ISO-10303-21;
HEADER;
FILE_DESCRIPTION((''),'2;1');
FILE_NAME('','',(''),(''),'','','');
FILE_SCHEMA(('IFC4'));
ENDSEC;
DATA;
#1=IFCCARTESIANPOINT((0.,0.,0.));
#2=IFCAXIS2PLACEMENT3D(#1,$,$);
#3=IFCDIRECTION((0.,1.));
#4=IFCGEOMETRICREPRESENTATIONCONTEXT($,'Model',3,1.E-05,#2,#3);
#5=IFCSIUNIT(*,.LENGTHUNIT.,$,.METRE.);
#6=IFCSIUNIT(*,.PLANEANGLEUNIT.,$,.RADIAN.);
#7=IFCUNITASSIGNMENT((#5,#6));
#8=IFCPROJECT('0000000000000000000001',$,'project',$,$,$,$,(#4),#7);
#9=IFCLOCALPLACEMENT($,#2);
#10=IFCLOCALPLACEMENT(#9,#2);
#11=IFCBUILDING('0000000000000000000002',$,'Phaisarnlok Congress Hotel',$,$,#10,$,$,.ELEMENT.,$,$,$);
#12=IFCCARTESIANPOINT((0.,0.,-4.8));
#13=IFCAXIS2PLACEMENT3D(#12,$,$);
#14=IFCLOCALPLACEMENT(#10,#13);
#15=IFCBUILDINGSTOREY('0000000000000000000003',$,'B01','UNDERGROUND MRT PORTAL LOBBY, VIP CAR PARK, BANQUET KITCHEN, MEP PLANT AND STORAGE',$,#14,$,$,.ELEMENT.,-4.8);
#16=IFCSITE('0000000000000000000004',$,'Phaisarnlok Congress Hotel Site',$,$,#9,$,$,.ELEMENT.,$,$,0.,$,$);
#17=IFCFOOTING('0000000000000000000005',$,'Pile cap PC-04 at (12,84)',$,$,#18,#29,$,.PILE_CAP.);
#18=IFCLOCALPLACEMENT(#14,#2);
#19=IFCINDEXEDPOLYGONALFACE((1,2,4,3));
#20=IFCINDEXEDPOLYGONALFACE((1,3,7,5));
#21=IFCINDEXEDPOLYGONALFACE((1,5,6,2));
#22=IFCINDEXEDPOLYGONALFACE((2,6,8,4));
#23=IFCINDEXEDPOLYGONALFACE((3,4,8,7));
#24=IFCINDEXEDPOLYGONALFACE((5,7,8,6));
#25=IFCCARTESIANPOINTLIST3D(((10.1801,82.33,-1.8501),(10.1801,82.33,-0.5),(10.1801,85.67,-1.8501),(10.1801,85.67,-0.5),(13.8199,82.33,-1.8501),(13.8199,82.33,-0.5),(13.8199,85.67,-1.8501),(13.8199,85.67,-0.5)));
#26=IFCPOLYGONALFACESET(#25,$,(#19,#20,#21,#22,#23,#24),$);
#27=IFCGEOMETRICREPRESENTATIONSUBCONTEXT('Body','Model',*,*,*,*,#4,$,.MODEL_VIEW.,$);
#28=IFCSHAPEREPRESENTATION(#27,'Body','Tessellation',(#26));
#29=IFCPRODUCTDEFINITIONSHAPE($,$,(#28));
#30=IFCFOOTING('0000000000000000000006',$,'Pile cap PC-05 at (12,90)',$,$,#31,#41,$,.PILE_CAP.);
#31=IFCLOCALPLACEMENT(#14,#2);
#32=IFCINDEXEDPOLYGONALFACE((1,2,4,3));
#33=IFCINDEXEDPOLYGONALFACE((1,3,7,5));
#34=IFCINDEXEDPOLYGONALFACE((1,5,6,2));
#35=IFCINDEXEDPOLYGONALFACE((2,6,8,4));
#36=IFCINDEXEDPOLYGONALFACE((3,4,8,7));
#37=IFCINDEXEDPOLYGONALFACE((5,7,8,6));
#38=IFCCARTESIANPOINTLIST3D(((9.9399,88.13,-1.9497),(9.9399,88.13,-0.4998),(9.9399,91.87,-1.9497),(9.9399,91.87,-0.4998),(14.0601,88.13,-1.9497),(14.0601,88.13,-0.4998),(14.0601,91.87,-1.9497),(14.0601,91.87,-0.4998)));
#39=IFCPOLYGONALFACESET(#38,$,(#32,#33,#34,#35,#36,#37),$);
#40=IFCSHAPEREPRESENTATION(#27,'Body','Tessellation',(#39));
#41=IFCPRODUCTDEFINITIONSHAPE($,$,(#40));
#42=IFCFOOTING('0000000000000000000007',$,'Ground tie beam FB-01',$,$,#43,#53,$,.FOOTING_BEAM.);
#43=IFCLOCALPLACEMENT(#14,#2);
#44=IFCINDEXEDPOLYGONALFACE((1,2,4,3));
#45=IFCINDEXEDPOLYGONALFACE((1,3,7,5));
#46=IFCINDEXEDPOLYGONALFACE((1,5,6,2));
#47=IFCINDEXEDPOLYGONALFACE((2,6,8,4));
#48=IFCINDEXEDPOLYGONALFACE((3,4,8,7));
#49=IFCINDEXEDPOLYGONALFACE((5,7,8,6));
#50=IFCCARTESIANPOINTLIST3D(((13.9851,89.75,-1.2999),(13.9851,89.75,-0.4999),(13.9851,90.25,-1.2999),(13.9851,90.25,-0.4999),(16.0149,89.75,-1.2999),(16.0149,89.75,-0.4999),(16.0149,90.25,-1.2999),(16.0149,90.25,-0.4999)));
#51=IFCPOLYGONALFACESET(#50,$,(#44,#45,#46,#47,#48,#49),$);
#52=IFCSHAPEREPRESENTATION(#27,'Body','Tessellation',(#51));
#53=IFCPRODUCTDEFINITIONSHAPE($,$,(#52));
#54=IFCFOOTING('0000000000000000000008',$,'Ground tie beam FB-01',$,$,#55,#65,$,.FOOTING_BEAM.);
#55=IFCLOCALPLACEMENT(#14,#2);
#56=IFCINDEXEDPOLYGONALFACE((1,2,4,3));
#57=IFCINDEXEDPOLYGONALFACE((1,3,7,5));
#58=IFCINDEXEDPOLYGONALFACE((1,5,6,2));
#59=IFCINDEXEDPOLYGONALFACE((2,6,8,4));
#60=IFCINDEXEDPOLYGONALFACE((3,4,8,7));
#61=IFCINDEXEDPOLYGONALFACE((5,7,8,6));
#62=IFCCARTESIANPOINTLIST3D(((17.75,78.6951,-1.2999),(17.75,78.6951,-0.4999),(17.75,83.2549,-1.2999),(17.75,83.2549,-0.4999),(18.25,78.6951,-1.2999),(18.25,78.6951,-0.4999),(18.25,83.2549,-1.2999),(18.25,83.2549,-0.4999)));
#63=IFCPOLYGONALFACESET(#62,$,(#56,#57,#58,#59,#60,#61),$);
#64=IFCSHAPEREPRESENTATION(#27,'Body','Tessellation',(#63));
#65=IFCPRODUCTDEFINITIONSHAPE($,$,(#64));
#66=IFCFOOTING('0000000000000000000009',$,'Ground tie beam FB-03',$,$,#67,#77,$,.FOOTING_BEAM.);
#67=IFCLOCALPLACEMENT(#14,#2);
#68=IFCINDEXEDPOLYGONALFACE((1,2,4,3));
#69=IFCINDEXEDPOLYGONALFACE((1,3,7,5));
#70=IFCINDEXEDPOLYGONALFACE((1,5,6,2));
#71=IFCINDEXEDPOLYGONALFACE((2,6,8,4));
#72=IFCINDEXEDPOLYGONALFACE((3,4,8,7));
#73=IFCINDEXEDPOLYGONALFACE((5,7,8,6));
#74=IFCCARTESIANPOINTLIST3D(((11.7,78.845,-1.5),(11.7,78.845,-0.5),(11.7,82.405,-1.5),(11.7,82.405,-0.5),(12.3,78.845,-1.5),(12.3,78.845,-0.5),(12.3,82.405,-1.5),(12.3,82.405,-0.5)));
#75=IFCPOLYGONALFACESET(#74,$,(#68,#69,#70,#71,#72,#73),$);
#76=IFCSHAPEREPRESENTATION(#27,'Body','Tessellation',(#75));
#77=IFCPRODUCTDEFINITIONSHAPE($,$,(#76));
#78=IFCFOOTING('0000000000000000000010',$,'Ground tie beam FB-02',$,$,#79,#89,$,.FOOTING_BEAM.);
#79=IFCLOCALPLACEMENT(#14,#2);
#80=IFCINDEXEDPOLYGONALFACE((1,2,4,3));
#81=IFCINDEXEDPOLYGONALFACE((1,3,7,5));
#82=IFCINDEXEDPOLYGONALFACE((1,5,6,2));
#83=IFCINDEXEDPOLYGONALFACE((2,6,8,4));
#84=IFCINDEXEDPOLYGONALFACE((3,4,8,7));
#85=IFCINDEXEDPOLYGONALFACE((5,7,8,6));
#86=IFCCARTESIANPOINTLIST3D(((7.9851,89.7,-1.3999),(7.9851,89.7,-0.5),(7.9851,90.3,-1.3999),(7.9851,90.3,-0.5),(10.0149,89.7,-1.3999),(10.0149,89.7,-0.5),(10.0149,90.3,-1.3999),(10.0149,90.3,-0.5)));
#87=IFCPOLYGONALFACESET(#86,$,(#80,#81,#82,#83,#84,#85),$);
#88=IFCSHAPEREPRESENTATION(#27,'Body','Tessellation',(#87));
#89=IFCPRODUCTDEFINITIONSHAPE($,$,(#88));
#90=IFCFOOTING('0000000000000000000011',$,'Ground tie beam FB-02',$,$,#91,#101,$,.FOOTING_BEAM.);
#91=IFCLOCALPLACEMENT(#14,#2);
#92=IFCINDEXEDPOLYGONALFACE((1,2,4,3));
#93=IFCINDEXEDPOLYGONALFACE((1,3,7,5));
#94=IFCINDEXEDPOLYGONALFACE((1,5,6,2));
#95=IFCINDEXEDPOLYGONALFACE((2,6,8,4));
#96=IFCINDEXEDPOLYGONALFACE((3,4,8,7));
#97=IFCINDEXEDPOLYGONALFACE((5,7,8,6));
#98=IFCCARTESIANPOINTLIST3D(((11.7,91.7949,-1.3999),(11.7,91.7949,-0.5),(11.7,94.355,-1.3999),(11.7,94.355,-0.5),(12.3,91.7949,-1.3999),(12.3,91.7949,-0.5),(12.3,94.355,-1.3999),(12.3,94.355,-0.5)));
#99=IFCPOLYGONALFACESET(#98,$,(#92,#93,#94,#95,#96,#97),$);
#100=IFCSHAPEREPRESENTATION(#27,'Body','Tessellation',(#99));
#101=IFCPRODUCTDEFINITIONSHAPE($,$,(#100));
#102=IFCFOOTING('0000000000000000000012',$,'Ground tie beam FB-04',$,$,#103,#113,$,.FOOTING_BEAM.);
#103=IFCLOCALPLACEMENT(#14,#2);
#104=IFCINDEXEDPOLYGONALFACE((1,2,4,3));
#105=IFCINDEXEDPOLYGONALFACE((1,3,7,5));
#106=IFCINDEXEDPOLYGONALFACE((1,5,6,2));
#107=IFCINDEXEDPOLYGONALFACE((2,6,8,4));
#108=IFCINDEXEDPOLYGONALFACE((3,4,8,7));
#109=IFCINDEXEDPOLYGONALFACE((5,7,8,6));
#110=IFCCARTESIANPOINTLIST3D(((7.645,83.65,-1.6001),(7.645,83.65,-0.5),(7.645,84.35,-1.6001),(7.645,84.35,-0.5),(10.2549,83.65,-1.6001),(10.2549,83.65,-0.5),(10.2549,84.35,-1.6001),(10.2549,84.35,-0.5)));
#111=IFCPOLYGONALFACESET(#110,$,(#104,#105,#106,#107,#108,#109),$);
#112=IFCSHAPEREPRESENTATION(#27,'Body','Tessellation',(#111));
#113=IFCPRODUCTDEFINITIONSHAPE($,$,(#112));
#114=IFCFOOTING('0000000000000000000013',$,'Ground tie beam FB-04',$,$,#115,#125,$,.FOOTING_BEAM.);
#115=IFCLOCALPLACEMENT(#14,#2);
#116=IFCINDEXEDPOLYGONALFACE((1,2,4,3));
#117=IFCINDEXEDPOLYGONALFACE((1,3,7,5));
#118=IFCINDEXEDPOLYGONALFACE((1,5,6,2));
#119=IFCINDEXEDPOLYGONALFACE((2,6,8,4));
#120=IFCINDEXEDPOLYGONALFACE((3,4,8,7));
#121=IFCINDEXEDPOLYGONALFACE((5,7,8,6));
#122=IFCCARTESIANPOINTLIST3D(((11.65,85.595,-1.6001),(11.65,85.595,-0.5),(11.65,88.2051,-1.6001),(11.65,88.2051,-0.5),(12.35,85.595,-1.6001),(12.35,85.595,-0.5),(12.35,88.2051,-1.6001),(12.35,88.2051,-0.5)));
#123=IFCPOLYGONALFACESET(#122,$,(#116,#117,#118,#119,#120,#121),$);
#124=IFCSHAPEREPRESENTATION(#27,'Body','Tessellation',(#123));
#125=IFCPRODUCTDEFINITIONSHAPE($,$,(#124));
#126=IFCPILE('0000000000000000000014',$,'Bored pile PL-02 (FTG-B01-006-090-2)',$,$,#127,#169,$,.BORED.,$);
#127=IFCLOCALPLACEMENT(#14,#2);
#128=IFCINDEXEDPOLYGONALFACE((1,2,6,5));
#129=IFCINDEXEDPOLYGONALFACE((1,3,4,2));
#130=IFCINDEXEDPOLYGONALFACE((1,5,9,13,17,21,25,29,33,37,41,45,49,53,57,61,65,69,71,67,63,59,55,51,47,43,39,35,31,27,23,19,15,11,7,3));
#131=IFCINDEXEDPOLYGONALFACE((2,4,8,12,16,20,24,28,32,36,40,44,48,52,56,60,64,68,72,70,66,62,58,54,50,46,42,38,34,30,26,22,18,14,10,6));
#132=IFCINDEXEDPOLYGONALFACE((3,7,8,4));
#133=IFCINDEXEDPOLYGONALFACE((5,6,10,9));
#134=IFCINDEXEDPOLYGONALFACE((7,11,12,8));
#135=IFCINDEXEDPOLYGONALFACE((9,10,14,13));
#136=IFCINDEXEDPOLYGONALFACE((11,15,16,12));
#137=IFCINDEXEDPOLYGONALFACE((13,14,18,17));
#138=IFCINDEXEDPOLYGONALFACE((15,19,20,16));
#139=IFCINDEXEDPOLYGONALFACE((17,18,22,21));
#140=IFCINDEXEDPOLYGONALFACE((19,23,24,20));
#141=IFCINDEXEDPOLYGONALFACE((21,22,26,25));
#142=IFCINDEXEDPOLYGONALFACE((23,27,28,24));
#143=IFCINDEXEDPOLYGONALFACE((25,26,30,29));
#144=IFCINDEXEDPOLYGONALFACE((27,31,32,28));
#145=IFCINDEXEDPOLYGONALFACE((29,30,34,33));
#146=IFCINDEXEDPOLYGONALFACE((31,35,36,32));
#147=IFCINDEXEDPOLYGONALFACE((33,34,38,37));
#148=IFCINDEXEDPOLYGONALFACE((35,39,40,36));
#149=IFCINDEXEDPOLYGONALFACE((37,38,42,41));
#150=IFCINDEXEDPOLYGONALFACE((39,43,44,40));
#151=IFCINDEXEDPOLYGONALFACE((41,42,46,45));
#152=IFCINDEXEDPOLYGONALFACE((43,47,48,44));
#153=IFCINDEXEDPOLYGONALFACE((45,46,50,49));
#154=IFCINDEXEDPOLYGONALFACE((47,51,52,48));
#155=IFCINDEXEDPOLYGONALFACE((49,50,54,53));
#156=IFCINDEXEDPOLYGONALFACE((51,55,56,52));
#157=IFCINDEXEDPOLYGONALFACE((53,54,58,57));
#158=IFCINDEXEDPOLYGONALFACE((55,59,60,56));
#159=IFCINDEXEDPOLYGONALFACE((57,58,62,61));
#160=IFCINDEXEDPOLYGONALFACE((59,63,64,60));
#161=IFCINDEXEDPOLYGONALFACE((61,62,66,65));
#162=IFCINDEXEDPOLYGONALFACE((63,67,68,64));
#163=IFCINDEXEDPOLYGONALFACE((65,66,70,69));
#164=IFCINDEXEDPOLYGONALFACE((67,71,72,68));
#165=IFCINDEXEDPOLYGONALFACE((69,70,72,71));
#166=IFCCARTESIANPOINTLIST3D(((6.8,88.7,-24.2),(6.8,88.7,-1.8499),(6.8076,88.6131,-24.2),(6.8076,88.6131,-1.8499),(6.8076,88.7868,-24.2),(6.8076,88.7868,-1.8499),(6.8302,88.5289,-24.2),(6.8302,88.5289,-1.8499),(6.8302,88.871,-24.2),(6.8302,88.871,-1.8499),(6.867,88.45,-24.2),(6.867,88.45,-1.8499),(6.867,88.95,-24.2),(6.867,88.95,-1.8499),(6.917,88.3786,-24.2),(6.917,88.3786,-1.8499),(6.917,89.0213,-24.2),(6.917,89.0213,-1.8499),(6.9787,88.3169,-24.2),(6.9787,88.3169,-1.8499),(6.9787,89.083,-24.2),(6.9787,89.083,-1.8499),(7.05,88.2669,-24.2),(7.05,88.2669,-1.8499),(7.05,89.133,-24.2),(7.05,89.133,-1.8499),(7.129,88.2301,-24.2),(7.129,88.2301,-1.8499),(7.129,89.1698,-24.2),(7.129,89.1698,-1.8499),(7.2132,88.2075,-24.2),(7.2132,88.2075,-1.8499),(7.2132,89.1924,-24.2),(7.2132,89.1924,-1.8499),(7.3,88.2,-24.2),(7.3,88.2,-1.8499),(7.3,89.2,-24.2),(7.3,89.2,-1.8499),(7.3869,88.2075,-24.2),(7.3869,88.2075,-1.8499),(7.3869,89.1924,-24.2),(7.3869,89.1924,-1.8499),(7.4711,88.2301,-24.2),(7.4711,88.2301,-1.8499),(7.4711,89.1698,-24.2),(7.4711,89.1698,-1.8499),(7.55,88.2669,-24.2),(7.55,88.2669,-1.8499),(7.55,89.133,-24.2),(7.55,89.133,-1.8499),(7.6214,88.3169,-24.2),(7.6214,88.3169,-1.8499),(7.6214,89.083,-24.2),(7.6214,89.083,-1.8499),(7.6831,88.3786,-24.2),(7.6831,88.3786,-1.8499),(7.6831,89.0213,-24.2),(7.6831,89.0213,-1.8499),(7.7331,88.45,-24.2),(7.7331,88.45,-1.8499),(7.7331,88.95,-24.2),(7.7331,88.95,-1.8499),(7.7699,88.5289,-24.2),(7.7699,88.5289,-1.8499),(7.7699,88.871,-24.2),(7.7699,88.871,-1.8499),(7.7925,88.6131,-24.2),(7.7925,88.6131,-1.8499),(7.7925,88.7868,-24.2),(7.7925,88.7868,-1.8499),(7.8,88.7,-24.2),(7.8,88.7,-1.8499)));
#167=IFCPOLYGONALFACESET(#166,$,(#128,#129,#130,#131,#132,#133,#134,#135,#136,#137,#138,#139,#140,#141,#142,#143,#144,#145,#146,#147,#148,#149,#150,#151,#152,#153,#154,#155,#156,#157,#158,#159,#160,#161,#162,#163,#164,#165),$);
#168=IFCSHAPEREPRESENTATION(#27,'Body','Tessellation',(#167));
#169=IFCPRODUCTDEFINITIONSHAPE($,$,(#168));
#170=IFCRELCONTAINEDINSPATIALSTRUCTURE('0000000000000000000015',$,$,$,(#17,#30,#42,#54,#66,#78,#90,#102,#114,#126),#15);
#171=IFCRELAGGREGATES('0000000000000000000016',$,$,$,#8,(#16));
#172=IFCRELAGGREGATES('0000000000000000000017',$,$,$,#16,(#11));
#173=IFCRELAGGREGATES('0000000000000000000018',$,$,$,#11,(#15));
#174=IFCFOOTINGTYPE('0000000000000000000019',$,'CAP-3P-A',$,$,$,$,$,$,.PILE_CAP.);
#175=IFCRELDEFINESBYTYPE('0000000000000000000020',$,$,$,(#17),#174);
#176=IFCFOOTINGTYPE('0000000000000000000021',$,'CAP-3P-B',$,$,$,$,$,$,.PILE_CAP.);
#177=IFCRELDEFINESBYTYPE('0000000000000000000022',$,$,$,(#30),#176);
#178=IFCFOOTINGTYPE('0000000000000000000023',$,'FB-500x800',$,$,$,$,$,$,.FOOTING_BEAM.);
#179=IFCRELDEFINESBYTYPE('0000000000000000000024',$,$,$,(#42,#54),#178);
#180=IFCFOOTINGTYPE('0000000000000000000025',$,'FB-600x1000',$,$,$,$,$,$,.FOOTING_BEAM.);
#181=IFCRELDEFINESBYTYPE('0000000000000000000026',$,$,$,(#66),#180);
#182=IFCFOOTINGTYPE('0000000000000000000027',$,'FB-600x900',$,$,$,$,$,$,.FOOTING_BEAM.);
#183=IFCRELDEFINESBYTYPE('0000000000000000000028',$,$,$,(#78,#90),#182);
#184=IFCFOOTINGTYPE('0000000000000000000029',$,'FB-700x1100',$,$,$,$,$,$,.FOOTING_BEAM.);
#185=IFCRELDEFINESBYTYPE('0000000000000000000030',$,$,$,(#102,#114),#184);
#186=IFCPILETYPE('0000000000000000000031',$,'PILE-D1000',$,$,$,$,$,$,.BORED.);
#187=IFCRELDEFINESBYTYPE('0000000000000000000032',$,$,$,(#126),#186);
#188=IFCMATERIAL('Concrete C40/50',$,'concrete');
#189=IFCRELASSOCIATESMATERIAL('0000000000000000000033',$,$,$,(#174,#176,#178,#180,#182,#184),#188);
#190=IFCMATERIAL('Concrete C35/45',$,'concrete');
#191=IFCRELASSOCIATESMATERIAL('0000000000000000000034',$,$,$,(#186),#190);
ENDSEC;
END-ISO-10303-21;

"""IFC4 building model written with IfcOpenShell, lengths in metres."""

from ifc_helpers import new_model, si_unit, direction, frame, origin, origin_2d, place, context, subcontext, project, spatial, rectangle, circle, extrude, material, material_profile, profile_set, type_object, element, save


model = new_model("IFC4")

# Units and contexts
model_context = context("Model", 3, precision=1e-05, world=origin(), true_north=direction((0.0, 1.0)))
body_context = subcontext(model_context, "Body", "Model", "MODEL_VIEW")
ifc_project = project(units=[si_unit("LENGTHUNIT", "METRE"), si_unit("PLANEANGLEUNIT", "RADIAN")], contexts=[model_context])

# Site, building, storey
site_placement = place(None, origin())
site = spatial("IfcSite", under=ifc_project, at=site_placement, Name="Phaisarnlok Congress Hotel Site", CompositionType="ELEMENT", RefElevation=0.0)
building_placement = place(site_placement, origin())
building = spatial("IfcBuilding", under=site, at=building_placement, Name="Phaisarnlok Congress Hotel", CompositionType="ELEMENT")
storey_placement = place(building_placement, frame((0.0, 0.0, -4.8)))
storey = spatial("IfcBuildingStorey", under=building, at=storey_placement, Name="B01", Description="UNDERGROUND MRT PORTAL LOBBY, VIP CAR PARK, BANQUET KITCHEN, MEP PLANT AND STORAGE", CompositionType="ELEMENT", Elevation=-4.8)

# Footings
ifc_material_1 = material(Name="Concrete C40/50", Category="concrete")
footing_type_1 = type_object("IfcFootingType", Name="CAP-3P-A", PredefinedType="PILE_CAP", material=ifc_material_1)
footing_1_placement = place(storey_placement, frame((12.0, 84.0, -1.8501), z_axis=(0.0, 0.0, 1.0), x_axis=(1.0, 0.0, 0.0)))
element("IfcFooting", 1, at=footing_1_placement, inside=storey, type_object=footing_type_1, Name="Pile cap PC-04 at (12,84)", PredefinedType="PILE_CAP", context=body_context, shape_type="SweptSolid", body=[
    extrude(rectangle(XDim=3.6399, YDim=3.3401, at=origin_2d()), origin(), (0.0, 0.0, 1.0), 1.3501),
])
footing_type_2 = type_object("IfcFootingType", Name="CAP-3P-B", PredefinedType="PILE_CAP", material=ifc_material_1)
footing_2_placement = place(storey_placement, frame((12.0, 90.0, -1.9497), z_axis=(0.0, 0.0, 1.0), x_axis=(1.0, 0.0, 0.0)))
element("IfcFooting", 2, at=footing_2_placement, inside=storey, type_object=footing_type_2, Name="Pile cap PC-05 at (12,90)", PredefinedType="PILE_CAP", context=body_context, shape_type="SweptSolid", body=[
    extrude(rectangle(XDim=4.1201, YDim=3.74, at=origin_2d()), origin(), (0.0, 0.0, 1.0), 1.45),
])
ifc_material_profile_1 = material_profile(ifc_material_1, rectangle(XDim=0.5, YDim=0.8, at=origin_2d()), Name="FB-500x800")
ifc_profile_set_1 = profile_set([ifc_material_profile_1], Name="Concrete C40/50")
footing_type_3 = type_object("IfcFootingType", Name="FB-500x800", PredefinedType="FOOTING_BEAM", material=ifc_profile_set_1)
footing_3_placement = place(storey_placement, frame((13.9851, 90.0, -0.8999), z_axis=(1.0, 0.0, 0.0), x_axis=(0.0, 1.0, 0.0)))
element("IfcFooting", 3, at=footing_3_placement, inside=storey, type_object=footing_type_3, Name="Ground tie beam FB-01", PredefinedType="FOOTING_BEAM", context=body_context, shape_type="SweptSolid", body=[
    extrude(rectangle(XDim=0.5, YDim=0.8, at=origin_2d()), origin(), (0.0, 0.0, 1.0), 2.0298),
])
footing_4_placement = place(storey_placement, frame((18.0, 78.6951, -0.8999), z_axis=(0.0, 1.0, 0.0), x_axis=(-1.0, 0.0, 0.0)))
element("IfcFooting", 4, at=footing_4_placement, inside=storey, type_object=footing_type_3, Name="Ground tie beam FB-01", PredefinedType="FOOTING_BEAM", context=body_context, shape_type="SweptSolid", body=[
    extrude(rectangle(XDim=0.5, YDim=0.8, at=origin_2d()), origin(), (0.0, 0.0, 1.0), 4.5598),
])
ifc_material_profile_2 = material_profile(ifc_material_1, rectangle(XDim=0.6001, YDim=1.0, at=origin_2d()), Name="FB-600x1000")
ifc_profile_set_2 = profile_set([ifc_material_profile_2], Name="Concrete C40/50")
footing_type_4 = type_object("IfcFootingType", Name="FB-600x1000", PredefinedType="FOOTING_BEAM", material=ifc_profile_set_2)
footing_5_placement = place(storey_placement, frame((12.0, 78.845, -1.0), z_axis=(0.0, 1.0, 0.0), x_axis=(-1.0, 0.0, 0.0)))
element("IfcFooting", 5, at=footing_5_placement, inside=storey, type_object=footing_type_4, Name="Ground tie beam FB-03", PredefinedType="FOOTING_BEAM", context=body_context, shape_type="SweptSolid", body=[
    extrude(rectangle(XDim=0.6001, YDim=1.0, at=origin_2d()), origin(), (0.0, 0.0, 1.0), 3.5601),
])
ifc_material_profile_3 = material_profile(ifc_material_1, rectangle(XDim=0.6001, YDim=0.8999, at=origin_2d()), Name="FB-600x900")
ifc_profile_set_3 = profile_set([ifc_material_profile_3], Name="Concrete C40/50")
footing_type_5 = type_object("IfcFootingType", Name="FB-600x900", PredefinedType="FOOTING_BEAM", material=ifc_profile_set_3)
footing_6_placement = place(storey_placement, frame((7.9851, 90.0, -0.95), z_axis=(1.0, 0.0, 0.0), x_axis=(0.0, 1.0, 0.0)))
element("IfcFooting", 6, at=footing_6_placement, inside=storey, type_object=footing_type_5, Name="Ground tie beam FB-02", PredefinedType="FOOTING_BEAM", context=body_context, shape_type="SweptSolid", body=[
    extrude(rectangle(XDim=0.6001, YDim=0.8999, at=origin_2d()), origin(), (0.0, 0.0, 1.0), 2.0298),
])
footing_7_placement = place(storey_placement, frame((12.0, 91.7949, -0.95), z_axis=(0.0, 1.0, 0.0), x_axis=(-1.0, 0.0, 0.0)))
element("IfcFooting", 7, at=footing_7_placement, inside=storey, type_object=footing_type_5, Name="Ground tie beam FB-02", PredefinedType="FOOTING_BEAM", context=body_context, shape_type="SweptSolid", body=[
    extrude(rectangle(XDim=0.6001, YDim=0.8999, at=origin_2d()), origin(), (0.0, 0.0, 1.0), 2.5601),
])
ifc_material_profile_4 = material_profile(ifc_material_1, rectangle(XDim=0.7, YDim=1.1001, at=origin_2d()), Name="FB-700x1100")
ifc_profile_set_4 = profile_set([ifc_material_profile_4], Name="Concrete C40/50")
footing_type_6 = type_object("IfcFootingType", Name="FB-700x1100", PredefinedType="FOOTING_BEAM", material=ifc_profile_set_4)
footing_8_placement = place(storey_placement, frame((7.645, 84.0, -1.05), z_axis=(1.0, 0.0, 0.0), x_axis=(0.0, 1.0, 0.0)))
element("IfcFooting", 8, at=footing_8_placement, inside=storey, type_object=footing_type_6, Name="Ground tie beam FB-04", PredefinedType="FOOTING_BEAM", context=body_context, shape_type="SweptSolid", body=[
    extrude(rectangle(XDim=0.7, YDim=1.1001, at=origin_2d()), origin(), (0.0, 0.0, 1.0), 2.6099),
])
footing_9_placement = place(storey_placement, frame((12.0, 85.595, -1.05), z_axis=(0.0, 1.0, 0.0), x_axis=(-1.0, 0.0, 0.0)))
element("IfcFooting", 9, at=footing_9_placement, inside=storey, type_object=footing_type_6, Name="Ground tie beam FB-04", PredefinedType="FOOTING_BEAM", context=body_context, shape_type="SweptSolid", body=[
    extrude(rectangle(XDim=0.7, YDim=1.1001, at=origin_2d()), origin(), (0.0, 0.0, 1.0), 2.6101),
])

# Pile
ifc_material_2 = material(Name="Concrete C35/45", Category="concrete")
ifc_material_profile_5 = material_profile(ifc_material_2, circle(Radius=0.5, at=origin_2d()), Name="BORED PILE D1000")
ifc_profile_set_5 = profile_set([ifc_material_profile_5], Name="Concrete C35/45")
pile_type_1 = type_object("IfcPileType", Name="PILE-D1000", PredefinedType="BORED", material=ifc_profile_set_5)
for number, where, z_axis, x_axis, name in (
    (10, (7.3, 88.7, -1.8499), (0.0, 0.0, -1.0), (1.0, 0.0, 0.0), "Bored pile PL-02 (FTG-B01-006-090-2)"),
):
    element("IfcPile", number, at=place(storey_placement, frame(where, z_axis=z_axis, x_axis=x_axis)), inside=storey, type_object=pile_type_1, Name=name, PredefinedType="BORED", context=body_context, shape_type="SweptSolid", body=[
        extrude(circle(Radius=0.5, at=origin_2d()), origin(), (0.0, 0.0, 1.0), 22.3501),
    ])

save(model, "model.ifc")
